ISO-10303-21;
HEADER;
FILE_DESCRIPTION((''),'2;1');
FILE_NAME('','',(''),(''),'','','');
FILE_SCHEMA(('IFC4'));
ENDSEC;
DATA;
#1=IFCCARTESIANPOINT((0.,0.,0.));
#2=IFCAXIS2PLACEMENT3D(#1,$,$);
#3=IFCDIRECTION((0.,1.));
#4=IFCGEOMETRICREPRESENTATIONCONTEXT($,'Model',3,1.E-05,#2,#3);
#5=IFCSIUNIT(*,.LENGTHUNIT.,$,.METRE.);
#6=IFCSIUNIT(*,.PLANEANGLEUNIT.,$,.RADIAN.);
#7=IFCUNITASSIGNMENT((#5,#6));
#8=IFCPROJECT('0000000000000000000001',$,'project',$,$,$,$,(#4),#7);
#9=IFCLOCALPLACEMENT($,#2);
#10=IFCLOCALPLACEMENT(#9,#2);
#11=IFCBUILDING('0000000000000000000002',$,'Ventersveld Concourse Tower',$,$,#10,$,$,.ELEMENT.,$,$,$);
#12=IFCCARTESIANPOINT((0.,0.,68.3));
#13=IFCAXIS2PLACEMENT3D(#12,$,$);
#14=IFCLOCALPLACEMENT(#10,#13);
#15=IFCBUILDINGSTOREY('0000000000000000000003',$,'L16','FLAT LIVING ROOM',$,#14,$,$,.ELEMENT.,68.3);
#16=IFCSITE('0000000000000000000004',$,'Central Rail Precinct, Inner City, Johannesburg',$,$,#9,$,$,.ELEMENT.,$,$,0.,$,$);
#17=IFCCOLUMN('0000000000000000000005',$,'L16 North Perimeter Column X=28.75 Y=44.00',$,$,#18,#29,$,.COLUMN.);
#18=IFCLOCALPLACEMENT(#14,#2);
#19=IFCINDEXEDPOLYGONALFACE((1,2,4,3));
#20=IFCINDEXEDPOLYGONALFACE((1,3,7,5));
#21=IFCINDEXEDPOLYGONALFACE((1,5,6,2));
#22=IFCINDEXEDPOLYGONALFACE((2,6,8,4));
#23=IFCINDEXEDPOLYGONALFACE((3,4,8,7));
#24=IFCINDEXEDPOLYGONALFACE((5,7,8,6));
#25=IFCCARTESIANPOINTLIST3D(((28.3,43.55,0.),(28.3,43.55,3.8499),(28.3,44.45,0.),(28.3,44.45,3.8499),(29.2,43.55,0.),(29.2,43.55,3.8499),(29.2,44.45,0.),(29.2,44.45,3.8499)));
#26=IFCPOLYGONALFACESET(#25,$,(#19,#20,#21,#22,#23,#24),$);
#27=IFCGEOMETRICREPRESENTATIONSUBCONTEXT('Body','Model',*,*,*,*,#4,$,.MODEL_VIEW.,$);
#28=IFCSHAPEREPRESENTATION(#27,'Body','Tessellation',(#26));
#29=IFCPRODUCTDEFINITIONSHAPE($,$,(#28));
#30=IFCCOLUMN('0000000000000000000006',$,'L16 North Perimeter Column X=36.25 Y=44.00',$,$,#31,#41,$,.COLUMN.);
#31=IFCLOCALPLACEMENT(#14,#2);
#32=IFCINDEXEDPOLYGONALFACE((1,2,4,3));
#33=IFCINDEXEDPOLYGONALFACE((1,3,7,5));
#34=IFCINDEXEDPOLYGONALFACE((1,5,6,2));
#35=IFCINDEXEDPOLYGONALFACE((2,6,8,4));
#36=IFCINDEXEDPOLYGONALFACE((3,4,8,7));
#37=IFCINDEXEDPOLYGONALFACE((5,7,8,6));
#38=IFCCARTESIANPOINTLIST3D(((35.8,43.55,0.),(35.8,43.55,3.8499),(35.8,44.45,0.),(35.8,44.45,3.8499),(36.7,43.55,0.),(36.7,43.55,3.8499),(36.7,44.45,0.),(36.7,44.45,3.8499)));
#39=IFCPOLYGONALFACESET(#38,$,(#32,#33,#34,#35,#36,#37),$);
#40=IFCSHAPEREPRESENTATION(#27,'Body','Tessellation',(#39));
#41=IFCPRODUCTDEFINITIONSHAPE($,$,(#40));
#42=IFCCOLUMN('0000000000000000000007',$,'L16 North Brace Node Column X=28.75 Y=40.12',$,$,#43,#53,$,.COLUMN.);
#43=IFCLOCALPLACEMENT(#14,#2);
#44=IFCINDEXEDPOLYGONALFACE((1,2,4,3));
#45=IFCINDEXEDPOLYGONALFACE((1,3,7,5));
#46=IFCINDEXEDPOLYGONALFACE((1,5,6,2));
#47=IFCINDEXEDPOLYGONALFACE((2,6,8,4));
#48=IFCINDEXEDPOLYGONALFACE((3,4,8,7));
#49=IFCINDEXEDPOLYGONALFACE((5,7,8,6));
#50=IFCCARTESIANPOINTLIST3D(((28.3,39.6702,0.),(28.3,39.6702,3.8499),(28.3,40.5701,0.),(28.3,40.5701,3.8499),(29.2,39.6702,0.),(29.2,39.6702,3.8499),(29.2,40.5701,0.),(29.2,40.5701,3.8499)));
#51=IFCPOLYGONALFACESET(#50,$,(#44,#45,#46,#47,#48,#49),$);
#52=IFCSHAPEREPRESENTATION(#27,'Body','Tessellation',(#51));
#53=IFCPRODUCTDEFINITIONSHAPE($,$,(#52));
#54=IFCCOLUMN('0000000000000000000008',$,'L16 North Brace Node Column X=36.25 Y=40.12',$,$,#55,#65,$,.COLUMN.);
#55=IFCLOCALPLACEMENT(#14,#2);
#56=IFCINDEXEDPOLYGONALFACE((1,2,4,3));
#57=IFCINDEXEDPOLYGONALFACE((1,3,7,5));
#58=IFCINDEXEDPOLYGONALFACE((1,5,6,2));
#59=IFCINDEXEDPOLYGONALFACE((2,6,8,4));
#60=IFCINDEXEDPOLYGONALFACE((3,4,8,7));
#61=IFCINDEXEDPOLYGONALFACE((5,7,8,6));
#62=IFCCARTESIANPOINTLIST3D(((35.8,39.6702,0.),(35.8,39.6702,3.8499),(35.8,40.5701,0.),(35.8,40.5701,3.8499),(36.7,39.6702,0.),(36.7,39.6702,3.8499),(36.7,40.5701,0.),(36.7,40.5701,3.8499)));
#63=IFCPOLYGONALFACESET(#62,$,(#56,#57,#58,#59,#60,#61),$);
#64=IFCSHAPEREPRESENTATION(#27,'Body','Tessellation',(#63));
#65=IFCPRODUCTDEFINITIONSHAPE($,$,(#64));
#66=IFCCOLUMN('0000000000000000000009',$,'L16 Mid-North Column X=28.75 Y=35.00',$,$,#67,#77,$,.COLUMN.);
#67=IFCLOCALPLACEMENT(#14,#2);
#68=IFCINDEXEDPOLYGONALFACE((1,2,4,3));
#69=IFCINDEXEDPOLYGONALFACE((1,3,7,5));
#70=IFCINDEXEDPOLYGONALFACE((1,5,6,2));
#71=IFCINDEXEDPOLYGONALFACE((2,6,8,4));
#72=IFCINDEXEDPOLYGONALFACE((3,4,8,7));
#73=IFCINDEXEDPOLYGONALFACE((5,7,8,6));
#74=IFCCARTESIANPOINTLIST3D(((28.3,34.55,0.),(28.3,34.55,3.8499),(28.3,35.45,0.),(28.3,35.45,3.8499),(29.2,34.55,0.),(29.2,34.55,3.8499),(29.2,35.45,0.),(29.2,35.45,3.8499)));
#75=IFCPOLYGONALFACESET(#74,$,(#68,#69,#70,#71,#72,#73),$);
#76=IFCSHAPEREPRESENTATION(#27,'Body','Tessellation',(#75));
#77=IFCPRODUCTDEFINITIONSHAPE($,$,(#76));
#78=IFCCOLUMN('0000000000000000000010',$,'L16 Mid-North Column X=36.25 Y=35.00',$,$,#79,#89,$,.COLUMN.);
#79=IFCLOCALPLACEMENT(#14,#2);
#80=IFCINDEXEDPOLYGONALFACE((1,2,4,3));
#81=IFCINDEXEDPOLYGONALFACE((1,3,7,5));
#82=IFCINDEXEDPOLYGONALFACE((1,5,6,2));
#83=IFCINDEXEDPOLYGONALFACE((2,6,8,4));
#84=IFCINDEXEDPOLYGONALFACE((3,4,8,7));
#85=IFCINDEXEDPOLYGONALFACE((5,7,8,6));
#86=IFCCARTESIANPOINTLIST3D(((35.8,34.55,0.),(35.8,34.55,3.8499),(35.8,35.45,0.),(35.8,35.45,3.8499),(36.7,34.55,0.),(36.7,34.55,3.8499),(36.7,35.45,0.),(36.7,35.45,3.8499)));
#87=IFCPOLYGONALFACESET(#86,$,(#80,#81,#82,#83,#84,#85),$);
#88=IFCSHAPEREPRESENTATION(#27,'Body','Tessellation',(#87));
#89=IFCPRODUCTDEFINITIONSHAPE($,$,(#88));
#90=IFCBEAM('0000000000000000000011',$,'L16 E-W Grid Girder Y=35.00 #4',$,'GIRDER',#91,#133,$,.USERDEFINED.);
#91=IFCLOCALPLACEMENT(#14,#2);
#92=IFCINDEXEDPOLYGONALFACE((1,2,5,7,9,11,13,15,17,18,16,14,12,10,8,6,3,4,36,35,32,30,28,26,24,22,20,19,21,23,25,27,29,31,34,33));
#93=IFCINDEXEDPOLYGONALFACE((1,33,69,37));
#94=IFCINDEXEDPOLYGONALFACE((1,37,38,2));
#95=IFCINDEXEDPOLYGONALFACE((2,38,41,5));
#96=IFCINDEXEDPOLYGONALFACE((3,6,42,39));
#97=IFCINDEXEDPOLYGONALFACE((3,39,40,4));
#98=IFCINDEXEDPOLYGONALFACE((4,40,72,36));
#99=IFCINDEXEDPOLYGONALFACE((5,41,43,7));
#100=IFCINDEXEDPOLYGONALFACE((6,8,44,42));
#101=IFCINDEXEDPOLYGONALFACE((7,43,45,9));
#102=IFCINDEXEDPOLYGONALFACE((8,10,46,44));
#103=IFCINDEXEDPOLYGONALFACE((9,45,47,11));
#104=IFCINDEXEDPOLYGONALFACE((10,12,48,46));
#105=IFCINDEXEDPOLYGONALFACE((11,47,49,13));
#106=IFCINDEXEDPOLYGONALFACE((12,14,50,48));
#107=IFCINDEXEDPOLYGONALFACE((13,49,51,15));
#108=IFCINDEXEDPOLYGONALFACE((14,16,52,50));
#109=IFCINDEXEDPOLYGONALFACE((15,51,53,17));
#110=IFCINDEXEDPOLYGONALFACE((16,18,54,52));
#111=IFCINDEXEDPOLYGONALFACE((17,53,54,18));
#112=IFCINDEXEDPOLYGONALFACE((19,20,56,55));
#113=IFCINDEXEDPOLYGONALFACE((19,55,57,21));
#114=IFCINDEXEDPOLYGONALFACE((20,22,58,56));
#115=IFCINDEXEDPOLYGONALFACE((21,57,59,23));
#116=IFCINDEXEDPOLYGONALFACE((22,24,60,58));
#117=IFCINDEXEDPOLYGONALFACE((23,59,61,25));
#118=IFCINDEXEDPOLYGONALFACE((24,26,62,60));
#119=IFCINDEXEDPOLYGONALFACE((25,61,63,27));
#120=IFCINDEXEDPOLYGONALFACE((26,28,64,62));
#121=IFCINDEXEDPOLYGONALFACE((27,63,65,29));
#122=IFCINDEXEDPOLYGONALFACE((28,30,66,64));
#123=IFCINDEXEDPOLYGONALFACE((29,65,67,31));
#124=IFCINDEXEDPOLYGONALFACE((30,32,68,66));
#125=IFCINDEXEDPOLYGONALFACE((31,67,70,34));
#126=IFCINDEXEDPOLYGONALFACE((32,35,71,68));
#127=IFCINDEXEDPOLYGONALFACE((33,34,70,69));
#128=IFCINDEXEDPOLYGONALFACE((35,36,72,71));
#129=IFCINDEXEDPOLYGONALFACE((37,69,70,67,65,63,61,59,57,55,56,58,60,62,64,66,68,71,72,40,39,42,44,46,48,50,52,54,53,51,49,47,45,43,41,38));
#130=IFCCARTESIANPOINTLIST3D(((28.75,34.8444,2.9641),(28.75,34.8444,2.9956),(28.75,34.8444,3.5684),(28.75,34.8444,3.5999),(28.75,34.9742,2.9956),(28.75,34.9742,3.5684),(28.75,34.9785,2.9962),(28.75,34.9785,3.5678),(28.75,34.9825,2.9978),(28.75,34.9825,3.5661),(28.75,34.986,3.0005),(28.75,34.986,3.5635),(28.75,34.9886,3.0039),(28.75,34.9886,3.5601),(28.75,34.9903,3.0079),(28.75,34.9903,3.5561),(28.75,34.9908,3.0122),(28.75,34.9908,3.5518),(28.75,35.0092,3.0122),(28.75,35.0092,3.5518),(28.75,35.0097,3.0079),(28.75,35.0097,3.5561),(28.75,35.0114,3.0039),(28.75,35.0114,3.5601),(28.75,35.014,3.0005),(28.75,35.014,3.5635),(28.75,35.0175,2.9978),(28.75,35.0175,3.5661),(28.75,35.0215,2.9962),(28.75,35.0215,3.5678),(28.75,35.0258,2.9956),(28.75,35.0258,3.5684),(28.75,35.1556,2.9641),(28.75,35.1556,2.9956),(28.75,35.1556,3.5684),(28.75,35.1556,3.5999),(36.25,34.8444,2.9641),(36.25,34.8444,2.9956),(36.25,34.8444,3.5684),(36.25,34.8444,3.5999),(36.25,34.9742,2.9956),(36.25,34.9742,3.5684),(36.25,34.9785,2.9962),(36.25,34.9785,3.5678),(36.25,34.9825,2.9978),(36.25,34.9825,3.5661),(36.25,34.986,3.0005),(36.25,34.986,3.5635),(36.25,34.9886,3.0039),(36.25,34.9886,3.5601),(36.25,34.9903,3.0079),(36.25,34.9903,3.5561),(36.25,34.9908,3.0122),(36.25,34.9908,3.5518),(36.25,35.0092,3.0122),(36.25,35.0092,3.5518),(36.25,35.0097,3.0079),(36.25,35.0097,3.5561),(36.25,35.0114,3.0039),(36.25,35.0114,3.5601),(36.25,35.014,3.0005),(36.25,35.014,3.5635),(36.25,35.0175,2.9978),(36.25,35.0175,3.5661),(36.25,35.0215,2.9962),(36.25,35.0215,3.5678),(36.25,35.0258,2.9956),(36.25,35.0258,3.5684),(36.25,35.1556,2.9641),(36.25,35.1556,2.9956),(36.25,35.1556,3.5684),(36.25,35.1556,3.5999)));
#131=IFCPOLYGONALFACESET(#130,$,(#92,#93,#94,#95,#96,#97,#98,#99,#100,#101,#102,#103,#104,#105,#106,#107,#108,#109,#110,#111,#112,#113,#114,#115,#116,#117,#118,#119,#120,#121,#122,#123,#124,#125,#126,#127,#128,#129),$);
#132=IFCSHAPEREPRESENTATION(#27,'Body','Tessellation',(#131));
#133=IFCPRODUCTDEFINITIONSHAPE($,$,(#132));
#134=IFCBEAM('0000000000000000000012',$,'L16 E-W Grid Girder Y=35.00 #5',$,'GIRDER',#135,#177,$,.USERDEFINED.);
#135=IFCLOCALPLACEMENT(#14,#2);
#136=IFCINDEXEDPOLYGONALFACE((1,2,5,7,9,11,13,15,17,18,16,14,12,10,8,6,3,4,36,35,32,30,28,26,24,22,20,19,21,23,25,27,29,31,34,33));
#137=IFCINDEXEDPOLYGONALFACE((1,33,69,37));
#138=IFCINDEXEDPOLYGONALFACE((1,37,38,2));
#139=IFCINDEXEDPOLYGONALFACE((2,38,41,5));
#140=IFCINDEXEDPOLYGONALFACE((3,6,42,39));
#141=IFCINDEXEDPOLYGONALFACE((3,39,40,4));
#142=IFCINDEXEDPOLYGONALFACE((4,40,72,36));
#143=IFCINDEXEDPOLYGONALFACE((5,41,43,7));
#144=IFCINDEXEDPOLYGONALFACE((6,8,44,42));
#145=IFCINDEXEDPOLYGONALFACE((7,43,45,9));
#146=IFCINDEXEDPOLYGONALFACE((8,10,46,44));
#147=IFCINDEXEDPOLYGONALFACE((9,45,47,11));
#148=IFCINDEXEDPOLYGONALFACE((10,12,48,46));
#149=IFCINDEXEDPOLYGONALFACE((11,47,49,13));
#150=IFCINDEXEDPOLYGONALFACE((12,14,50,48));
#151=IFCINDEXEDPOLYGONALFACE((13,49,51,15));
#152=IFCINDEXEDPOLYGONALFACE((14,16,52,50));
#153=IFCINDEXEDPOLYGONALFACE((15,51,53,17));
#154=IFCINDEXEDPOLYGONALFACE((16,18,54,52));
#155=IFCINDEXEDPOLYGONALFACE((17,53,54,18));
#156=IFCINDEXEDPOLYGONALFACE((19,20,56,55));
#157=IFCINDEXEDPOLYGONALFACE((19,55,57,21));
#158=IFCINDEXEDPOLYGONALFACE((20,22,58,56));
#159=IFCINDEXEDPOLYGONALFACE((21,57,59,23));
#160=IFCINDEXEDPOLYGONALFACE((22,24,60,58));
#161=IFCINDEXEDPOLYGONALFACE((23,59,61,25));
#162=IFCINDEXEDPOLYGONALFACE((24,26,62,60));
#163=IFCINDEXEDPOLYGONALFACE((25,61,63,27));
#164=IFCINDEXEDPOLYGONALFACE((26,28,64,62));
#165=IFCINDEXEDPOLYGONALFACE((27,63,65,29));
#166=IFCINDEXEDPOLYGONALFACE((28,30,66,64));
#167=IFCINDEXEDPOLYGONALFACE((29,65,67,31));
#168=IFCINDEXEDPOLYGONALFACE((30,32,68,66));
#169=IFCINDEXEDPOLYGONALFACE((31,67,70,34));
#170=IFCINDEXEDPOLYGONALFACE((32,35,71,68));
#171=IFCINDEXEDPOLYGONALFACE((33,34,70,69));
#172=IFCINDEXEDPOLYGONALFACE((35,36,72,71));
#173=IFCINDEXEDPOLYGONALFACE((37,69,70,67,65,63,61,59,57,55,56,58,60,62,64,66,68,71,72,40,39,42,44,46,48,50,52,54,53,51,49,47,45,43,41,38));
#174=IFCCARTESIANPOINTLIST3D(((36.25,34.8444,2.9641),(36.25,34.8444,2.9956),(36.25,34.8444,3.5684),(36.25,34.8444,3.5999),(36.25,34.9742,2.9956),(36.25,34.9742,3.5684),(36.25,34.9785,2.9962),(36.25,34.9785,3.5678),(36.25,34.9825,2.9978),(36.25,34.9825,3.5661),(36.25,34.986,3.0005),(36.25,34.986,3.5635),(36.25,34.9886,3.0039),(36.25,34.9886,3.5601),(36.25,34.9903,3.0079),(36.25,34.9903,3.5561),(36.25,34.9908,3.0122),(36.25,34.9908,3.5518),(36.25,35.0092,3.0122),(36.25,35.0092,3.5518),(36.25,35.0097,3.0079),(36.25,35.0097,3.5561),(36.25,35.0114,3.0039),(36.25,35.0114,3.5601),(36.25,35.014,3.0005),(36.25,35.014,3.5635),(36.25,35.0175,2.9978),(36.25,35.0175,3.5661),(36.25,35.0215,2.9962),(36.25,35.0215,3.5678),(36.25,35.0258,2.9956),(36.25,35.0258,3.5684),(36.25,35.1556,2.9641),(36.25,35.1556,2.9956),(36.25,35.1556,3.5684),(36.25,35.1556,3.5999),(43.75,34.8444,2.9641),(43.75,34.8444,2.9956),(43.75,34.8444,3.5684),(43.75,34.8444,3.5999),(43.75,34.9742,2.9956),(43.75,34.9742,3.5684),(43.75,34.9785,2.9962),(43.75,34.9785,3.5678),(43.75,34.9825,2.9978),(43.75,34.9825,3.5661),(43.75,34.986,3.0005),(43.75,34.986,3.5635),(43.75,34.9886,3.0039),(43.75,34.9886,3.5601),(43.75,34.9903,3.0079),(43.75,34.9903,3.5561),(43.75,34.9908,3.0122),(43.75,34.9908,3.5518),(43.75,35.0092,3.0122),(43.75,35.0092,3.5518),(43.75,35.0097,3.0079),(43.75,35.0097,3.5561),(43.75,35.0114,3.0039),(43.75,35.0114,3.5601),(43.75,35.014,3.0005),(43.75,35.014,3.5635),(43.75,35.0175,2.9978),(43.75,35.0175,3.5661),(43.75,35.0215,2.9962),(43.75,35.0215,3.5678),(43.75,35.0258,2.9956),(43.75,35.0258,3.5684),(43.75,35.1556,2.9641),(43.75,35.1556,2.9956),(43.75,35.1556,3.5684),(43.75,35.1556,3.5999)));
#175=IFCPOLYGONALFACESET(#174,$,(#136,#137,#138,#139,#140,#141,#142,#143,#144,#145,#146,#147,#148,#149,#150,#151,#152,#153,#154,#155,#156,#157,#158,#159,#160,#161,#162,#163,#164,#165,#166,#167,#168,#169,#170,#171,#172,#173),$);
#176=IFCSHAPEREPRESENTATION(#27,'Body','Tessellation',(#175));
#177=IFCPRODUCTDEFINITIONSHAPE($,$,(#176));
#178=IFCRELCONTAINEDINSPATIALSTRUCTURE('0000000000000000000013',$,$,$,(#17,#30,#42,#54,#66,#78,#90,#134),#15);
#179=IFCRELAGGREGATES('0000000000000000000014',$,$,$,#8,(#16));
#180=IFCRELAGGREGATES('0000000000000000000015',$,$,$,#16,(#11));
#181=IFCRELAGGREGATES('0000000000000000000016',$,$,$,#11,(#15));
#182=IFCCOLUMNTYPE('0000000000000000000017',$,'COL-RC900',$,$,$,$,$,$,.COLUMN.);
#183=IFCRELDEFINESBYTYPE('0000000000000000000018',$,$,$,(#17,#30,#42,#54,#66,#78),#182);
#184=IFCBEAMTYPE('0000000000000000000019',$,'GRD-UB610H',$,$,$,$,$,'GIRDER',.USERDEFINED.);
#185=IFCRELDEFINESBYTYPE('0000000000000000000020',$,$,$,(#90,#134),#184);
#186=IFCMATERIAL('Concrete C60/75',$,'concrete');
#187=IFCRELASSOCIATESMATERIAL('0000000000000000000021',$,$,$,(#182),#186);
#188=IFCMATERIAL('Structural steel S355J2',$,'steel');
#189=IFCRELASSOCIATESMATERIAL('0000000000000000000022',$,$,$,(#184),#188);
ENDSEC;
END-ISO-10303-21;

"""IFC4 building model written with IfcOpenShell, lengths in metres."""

from ifc_helpers import new_model, si_unit, direction, frame, origin, origin_2d, place, context, subcontext, project, spatial, rectangle, i_section, extrude, material, material_profile, profile_set, type_object, element, save


model = new_model("IFC4")

# Units and contexts
model_context = context("Model", 3, precision=1e-05, world=origin(), true_north=direction((0.0, 1.0)))
body_context = subcontext(model_context, "Body", "Model", "MODEL_VIEW")
ifc_project = project(units=[si_unit("LENGTHUNIT", "METRE"), si_unit("PLANEANGLEUNIT", "RADIAN")], contexts=[model_context])

# Site, building, storey
site_placement = place(None, origin())
site = spatial("IfcSite", under=ifc_project, at=site_placement, Name="Central Rail Precinct, Inner City, Johannesburg", CompositionType="ELEMENT", RefElevation=0.0)
building_placement = place(site_placement, origin())
building = spatial("IfcBuilding", under=site, at=building_placement, Name="Ventersveld Concourse Tower", CompositionType="ELEMENT")
storey_placement = place(building_placement, frame((0.0, 0.0, 68.3)))
storey = spatial("IfcBuildingStorey", under=building, at=storey_placement, Name="L16", Description="FLAT LIVING ROOM", CompositionType="ELEMENT", Elevation=68.3)

# Columns
ifc_material_1 = material(Name="Concrete C60/75", Category="concrete")
ifc_material_profile_1 = material_profile(ifc_material_1, rectangle(XDim=0.8999, YDim=0.8999, at=origin_2d()), Name="RC 900x900")
ifc_profile_set_1 = profile_set([ifc_material_profile_1], Name="Concrete C60/75")
column_type = type_object("IfcColumnType", Name="COL-RC900", PredefinedType="COLUMN", material=ifc_profile_set_1)
for number, where, z_axis, x_axis, name in (
    (1, (28.75, 44.0, 0.0), (0.0, 0.0, 1.0), (1.0, 0.0, 0.0), "L16 North Perimeter Column X=28.75 Y=44.00"),
    (2, (36.25, 44.0, 0.0), (0.0, 0.0, 1.0), (1.0, 0.0, 0.0), "L16 North Perimeter Column X=36.25 Y=44.00"),
    (3, (28.75, 40.1201, 0.0), (0.0, 0.0, 1.0), (1.0, 0.0, 0.0), "L16 North Brace Node Column X=28.75 Y=40.12"),
    (4, (36.25, 40.1201, 0.0), (0.0, 0.0, 1.0), (1.0, 0.0, 0.0), "L16 North Brace Node Column X=36.25 Y=40.12"),
    (5, (28.75, 35.0, 0.0), (0.0, 0.0, 1.0), (1.0, 0.0, 0.0), "L16 Mid-North Column X=28.75 Y=35.00"),
    (6, (36.25, 35.0, 0.0), (0.0, 0.0, 1.0), (1.0, 0.0, 0.0), "L16 Mid-North Column X=36.25 Y=35.00"),
):
    element("IfcColumn", number, at=place(storey_placement, frame(where, z_axis=z_axis, x_axis=x_axis)), inside=storey, type_object=column_type, Name=name, PredefinedType="COLUMN", context=body_context, shape_type="SweptSolid", body=[
        extrude(rectangle(XDim=0.8999, YDim=0.8999, at=origin_2d()), origin(), (0.0, 0.0, 1.0), 3.8499),
    ])

# Beams
ifc_material_2 = material(Name="Structural steel S355J2", Category="steel")
ifc_material_profile_2 = material_profile(ifc_material_2, i_section(OverallWidth=0.3113, OverallDepth=0.6357, WebThickness=0.0183, FlangeThickness=0.0315, FilletRadius=0.0166, at=origin_2d()), Name="UB 610x305x238")
ifc_profile_set_2 = profile_set([ifc_material_profile_2], Name="Structural steel S355J2")
beam_type_1 = type_object("IfcBeamType", Name="GRD-UB610H", ElementType="GIRDER", PredefinedType="USERDEFINED", material=ifc_profile_set_2)
for number, where, z_axis, x_axis, name in (
    (7, (28.75, 35.0, 3.282), (1.0, 0.0, 0.0), (0.0, 1.0, 0.0), "L16 E-W Grid Girder Y=35.00 #4"),
    (8, (36.25, 35.0, 3.282), (1.0, 0.0, 0.0), (0.0, 1.0, 0.0), "L16 E-W Grid Girder Y=35.00 #5"),
):
    element("IfcBeam", number, at=place(storey_placement, frame(where, z_axis=z_axis, x_axis=x_axis)), inside=storey, type_object=beam_type_1, Name=name, ObjectType="GIRDER", PredefinedType="USERDEFINED", context=body_context, shape_type="SweptSolid", body=[
        extrude(i_section(OverallWidth=0.3113, OverallDepth=0.6357, WebThickness=0.0183, FlangeThickness=0.0315, FilletRadius=0.0166, at=origin_2d()), origin(), (0.0, 0.0, 1.0), 7.5),
    ])

save(model, "model.ifc")
